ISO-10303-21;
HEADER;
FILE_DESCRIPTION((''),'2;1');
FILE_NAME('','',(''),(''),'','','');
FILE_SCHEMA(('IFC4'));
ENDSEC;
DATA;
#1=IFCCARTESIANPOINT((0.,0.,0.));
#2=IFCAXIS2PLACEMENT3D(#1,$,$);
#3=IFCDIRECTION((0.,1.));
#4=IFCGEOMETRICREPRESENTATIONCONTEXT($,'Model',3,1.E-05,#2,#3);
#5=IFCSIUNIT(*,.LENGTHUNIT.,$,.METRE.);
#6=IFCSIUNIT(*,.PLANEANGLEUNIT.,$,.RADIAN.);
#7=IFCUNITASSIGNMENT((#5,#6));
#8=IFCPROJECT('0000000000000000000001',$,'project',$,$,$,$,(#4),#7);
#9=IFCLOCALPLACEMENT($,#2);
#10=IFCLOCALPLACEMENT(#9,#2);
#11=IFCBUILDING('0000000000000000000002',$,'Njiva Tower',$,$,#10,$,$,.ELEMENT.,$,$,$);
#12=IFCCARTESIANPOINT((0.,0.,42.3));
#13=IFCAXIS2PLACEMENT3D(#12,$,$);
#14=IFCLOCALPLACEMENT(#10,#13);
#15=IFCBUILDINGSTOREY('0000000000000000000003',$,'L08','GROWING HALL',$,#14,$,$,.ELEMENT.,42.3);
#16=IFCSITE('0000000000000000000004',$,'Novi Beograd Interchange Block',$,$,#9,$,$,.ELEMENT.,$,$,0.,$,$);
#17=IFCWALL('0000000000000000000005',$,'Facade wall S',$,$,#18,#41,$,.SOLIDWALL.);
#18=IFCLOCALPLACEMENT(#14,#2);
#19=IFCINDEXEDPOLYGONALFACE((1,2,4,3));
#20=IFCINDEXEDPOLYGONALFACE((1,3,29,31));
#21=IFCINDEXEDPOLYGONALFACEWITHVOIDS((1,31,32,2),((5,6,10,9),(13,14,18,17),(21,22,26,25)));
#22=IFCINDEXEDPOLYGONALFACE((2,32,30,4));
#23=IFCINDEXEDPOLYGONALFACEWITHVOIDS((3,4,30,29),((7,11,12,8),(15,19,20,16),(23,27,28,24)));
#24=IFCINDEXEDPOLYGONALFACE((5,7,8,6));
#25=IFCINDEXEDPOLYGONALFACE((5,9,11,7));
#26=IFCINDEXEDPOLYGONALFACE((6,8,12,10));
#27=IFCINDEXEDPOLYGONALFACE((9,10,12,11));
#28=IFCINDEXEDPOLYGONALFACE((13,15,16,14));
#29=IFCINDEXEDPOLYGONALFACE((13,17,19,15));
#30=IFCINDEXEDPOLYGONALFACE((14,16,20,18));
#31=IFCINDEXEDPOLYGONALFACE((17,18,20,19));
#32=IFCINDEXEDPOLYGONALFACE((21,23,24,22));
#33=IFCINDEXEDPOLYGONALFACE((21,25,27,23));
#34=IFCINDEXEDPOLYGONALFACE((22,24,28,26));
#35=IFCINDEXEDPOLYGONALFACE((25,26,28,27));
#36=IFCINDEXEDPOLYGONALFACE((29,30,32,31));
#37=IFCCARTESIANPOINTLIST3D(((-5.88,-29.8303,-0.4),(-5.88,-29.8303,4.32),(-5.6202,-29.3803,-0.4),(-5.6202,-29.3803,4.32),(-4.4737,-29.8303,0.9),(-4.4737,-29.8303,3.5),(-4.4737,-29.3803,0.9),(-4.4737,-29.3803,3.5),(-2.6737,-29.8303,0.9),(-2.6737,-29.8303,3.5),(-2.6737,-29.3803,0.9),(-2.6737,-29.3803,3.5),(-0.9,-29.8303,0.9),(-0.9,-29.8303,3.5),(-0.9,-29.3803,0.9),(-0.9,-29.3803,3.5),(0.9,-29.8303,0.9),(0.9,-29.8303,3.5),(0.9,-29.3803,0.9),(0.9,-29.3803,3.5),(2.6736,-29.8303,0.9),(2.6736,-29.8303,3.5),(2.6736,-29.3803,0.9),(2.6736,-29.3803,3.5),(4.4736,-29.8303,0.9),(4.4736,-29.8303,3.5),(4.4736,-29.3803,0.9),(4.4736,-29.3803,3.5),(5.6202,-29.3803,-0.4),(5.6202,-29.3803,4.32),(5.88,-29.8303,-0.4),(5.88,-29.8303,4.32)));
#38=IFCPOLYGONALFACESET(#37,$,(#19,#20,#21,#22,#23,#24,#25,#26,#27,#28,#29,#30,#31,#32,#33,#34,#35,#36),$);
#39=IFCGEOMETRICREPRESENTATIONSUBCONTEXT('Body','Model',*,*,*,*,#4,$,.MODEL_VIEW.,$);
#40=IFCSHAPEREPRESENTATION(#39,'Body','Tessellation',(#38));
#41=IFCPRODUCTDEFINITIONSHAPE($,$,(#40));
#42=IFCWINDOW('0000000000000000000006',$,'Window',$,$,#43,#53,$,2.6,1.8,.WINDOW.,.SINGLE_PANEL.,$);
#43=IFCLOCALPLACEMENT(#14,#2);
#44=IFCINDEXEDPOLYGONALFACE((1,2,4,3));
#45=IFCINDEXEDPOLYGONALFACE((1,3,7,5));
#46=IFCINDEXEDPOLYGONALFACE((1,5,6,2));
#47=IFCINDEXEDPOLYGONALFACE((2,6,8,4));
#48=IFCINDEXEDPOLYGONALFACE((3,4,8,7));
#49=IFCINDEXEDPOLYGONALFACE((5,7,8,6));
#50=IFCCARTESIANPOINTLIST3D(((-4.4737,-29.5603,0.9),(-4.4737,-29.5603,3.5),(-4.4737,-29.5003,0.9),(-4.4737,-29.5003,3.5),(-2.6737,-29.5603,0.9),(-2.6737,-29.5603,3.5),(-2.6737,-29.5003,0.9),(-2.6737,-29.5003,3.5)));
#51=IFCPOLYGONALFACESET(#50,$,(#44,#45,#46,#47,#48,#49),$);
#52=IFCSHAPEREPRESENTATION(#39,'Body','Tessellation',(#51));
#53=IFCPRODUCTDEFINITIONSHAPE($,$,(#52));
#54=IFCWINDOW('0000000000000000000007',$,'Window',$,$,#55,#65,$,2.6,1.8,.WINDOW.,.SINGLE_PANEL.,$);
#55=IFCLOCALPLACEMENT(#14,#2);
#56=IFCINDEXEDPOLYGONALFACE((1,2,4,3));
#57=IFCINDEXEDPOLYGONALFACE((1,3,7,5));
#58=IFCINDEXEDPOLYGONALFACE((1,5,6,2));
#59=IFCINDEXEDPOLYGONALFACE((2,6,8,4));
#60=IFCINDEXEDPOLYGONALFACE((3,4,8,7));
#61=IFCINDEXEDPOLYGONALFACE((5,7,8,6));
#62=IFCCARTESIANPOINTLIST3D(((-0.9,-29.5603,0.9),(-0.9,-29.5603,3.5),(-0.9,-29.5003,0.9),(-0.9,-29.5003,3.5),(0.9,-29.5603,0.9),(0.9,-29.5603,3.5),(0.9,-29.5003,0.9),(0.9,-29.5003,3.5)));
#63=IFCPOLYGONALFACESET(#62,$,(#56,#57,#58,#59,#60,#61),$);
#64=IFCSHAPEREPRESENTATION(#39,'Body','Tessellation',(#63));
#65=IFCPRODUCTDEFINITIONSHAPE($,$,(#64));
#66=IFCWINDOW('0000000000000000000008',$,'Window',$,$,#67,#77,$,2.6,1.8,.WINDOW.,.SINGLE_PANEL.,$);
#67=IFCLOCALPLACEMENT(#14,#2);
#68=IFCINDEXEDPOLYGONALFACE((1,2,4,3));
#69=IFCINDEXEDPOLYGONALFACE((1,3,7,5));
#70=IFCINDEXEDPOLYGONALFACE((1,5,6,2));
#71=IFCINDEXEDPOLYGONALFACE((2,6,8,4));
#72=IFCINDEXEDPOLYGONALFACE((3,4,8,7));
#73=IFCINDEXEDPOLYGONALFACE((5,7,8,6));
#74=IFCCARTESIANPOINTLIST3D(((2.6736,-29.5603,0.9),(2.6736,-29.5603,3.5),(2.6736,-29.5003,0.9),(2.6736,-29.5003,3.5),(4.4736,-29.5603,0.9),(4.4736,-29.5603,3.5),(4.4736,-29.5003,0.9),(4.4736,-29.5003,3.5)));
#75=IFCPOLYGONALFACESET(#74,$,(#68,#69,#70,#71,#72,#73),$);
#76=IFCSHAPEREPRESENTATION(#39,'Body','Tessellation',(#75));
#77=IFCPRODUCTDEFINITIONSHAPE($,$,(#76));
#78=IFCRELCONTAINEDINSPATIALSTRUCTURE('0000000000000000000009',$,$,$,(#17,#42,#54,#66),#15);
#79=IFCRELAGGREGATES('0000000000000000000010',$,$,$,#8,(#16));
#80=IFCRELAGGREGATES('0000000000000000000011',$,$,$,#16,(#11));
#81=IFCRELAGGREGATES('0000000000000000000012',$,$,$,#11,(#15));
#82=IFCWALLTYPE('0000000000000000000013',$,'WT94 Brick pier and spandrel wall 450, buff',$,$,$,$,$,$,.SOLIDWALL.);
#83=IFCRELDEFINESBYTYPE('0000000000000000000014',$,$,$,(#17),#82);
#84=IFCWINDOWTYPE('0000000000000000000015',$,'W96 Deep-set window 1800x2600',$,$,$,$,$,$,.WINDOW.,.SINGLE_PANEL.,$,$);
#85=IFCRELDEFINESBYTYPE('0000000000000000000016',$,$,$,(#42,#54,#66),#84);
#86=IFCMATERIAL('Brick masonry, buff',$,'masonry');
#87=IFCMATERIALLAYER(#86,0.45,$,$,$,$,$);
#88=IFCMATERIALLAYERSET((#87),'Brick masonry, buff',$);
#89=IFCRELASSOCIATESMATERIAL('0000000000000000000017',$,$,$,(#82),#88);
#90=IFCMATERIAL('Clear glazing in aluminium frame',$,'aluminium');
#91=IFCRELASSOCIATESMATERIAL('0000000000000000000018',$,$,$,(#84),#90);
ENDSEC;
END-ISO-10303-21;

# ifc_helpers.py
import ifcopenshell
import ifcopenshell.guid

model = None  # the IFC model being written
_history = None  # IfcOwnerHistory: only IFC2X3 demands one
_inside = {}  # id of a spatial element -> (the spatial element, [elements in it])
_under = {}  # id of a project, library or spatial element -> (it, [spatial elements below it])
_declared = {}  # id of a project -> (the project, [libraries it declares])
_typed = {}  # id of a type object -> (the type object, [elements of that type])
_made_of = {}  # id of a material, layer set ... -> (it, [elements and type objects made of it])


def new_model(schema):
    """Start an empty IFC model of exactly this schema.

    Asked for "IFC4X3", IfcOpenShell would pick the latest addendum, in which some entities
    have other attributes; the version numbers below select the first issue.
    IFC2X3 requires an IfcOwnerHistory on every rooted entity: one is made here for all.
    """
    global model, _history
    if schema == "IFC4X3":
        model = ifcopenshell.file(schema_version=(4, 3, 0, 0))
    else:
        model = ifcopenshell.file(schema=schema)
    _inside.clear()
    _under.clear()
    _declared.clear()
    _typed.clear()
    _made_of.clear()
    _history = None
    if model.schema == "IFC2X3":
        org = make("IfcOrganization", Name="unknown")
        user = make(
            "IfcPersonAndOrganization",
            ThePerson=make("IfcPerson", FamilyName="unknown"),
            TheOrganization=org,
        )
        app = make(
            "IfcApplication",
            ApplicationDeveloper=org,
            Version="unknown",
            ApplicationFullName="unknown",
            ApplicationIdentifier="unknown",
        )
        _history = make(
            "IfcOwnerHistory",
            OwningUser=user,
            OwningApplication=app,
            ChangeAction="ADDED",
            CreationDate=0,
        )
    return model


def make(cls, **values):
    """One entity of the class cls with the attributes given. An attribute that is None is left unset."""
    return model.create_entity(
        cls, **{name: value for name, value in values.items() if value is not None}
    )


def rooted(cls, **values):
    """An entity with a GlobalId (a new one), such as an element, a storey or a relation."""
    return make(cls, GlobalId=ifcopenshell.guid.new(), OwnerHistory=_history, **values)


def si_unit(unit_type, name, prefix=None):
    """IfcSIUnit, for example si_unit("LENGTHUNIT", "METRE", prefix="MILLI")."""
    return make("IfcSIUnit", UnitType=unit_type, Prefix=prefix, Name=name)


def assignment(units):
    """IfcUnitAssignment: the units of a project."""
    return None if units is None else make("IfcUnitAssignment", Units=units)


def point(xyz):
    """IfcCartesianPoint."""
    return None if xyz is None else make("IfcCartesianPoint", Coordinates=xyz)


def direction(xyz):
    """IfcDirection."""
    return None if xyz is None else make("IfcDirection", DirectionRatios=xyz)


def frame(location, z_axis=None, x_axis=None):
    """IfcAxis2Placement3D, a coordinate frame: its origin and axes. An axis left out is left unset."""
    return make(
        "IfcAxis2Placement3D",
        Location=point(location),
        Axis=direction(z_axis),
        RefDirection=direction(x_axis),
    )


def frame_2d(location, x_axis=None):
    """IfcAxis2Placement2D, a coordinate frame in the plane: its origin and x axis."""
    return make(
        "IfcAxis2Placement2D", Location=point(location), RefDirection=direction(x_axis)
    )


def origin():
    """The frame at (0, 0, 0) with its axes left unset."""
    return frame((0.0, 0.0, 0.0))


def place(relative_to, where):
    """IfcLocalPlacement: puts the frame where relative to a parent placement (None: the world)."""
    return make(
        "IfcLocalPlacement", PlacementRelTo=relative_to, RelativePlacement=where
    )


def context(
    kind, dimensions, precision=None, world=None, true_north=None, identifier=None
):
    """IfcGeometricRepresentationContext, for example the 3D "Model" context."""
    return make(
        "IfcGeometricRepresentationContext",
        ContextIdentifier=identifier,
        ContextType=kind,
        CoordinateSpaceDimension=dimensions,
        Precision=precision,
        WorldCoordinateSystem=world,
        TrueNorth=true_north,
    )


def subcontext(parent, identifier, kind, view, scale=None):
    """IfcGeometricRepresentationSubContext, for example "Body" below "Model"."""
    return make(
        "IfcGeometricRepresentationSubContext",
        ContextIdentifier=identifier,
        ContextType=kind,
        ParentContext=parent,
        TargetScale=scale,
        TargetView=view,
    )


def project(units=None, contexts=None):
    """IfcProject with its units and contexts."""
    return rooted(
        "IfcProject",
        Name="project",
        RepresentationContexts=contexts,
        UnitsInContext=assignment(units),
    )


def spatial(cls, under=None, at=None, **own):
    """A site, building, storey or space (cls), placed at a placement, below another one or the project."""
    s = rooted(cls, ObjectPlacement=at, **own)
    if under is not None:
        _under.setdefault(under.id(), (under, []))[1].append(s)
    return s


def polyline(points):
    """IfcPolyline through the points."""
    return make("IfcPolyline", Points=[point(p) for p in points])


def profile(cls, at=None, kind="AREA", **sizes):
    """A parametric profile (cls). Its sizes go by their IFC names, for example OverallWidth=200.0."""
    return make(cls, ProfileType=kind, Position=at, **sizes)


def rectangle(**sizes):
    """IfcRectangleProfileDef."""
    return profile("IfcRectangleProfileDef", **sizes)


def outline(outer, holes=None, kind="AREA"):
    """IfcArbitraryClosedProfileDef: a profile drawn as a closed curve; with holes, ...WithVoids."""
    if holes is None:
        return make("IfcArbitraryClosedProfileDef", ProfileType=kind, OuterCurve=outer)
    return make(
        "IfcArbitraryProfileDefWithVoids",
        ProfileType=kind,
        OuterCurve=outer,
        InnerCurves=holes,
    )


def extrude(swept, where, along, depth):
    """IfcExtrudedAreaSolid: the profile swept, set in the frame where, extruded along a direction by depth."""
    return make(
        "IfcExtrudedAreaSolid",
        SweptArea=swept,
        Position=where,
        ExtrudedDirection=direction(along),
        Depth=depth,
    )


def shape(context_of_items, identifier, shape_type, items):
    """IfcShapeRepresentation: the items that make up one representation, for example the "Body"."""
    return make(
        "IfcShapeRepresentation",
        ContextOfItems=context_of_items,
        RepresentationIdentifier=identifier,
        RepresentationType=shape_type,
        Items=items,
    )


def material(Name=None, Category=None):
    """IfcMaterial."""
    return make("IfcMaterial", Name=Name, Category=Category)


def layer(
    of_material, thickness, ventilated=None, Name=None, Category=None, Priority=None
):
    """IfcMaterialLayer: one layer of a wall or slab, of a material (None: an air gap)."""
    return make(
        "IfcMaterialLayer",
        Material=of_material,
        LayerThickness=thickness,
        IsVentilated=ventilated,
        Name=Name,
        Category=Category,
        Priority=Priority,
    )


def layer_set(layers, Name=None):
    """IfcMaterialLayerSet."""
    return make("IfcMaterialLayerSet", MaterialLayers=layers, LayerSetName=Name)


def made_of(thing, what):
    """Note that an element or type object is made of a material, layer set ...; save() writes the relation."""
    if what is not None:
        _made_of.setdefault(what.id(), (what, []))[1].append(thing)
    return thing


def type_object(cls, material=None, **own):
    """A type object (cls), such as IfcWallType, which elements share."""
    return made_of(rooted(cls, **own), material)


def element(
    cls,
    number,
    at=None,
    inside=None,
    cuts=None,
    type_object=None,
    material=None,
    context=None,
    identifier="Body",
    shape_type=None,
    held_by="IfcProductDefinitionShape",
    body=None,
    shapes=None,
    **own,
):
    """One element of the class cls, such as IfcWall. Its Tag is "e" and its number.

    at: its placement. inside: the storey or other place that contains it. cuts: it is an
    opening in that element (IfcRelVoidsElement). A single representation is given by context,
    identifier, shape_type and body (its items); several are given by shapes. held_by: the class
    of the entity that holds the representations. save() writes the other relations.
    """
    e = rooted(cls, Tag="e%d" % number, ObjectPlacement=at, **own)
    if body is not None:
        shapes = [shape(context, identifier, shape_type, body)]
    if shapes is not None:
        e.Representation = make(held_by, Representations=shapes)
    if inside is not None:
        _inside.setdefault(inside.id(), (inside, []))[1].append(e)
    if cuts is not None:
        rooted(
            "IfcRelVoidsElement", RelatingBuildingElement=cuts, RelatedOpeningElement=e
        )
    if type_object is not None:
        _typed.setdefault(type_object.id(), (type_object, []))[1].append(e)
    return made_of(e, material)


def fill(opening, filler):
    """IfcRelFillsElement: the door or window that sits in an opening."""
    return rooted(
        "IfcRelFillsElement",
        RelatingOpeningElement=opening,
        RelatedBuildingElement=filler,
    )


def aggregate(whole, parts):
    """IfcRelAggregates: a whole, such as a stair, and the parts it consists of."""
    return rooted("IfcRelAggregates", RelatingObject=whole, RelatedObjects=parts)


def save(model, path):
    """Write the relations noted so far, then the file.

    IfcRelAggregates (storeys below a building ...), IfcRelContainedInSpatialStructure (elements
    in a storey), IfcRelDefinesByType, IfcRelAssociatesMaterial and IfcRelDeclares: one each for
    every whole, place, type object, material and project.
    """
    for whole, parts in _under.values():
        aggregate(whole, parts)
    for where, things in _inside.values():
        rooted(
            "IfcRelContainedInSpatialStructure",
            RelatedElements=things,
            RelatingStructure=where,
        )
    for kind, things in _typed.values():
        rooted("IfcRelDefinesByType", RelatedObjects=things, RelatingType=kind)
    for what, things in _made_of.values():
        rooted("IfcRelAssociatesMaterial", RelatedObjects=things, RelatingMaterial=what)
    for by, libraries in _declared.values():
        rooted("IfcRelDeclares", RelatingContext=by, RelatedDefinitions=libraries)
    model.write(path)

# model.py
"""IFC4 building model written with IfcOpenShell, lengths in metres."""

from ifc_helpers import new_model, si_unit, direction, frame, frame_2d, origin, place, context, subcontext, project, spatial, polyline, rectangle, outline, extrude, material, layer, layer_set, type_object, element, fill, save


model = new_model("IFC4")

# Units and contexts
model_context = context("Model", 3, precision=1e-05, world=origin(), true_north=direction((0.0, 1.0)))
body_context = subcontext(model_context, "Body", "Model", "MODEL_VIEW")
ifc_project = project(units=[si_unit("LENGTHUNIT", "METRE"), si_unit("PLANEANGLEUNIT", "RADIAN")], contexts=[model_context])

# Site, building, storey
site_placement = place(None, origin())
site = spatial("IfcSite", under=ifc_project, at=site_placement, Name="Novi Beograd Interchange Block", CompositionType="ELEMENT", RefElevation=0.0)
building_placement = place(site_placement, origin())
building = spatial("IfcBuilding", under=site, at=building_placement, Name="Njiva Tower", CompositionType="ELEMENT")
storey_placement = place(building_placement, frame((0.0, 0.0, 42.3)))
storey = spatial("IfcBuildingStorey", under=building, at=storey_placement, Name="L08", Description="GROWING HALL", CompositionType="ELEMENT", Elevation=42.3)

# Wall, openings, windows
ifc_material_1 = material(Name="Brick masonry, buff", Category="masonry")
ifc_layer_1 = layer(ifc_material_1, 0.45)
ifc_layer_set_1 = layer_set([ifc_layer_1], Name="Brick masonry, buff")
wall_type_1 = type_object("IfcWallType", Name="WT94 Brick pier and spandrel wall 450, buff", PredefinedType="SOLIDWALL", material=ifc_layer_set_1)
wall_1_placement = place(storey_placement, frame((-5.7501, -29.6053, -0.4), z_axis=(0.0, 0.0, 1.0), x_axis=(1.0, 0.0, 0.0)))
wall_1 = element("IfcWall", 1, at=wall_1_placement, inside=storey, type_object=wall_type_1, Name="Facade wall S", PredefinedType="SOLIDWALL", context=body_context, shape_type="SweptSolid", body=[
    extrude(outline(polyline([(-0.1299, -0.225), (11.6301, -0.225), (11.3703, 0.225), (0.1299, 0.225), (-0.1299, -0.225)])), origin(), (0.0, 0.0, 1.0), 4.72),
])
opening_1_placement = place(wall_1_placement, frame((1.2764, 0.0, 1.3)))
opening_1 = element("IfcOpeningElement", 2, at=opening_1_placement, cuts=wall_1, PredefinedType="OPENING", context=body_context, shape_type="SweptSolid", body=[
    extrude(rectangle(XDim=1.8, YDim=2.6, at=frame_2d((0.9, 1.3))), frame((0.0, 0.235, 0.0), z_axis=(0.0, -1.0, 0.0), x_axis=(1.0, 0.0, 0.0)), (0.0, 0.0, 1.0), 0.47),
])
opening_2_placement = place(wall_1_placement, frame((4.8501, 0.0, 1.3)))
opening_2 = element("IfcOpeningElement", 3, at=opening_2_placement, cuts=wall_1, PredefinedType="OPENING", context=body_context, shape_type="SweptSolid", body=[
    extrude(rectangle(XDim=1.8, YDim=2.6, at=frame_2d((0.9, 1.3))), frame((0.0, 0.235, 0.0), z_axis=(0.0, -1.0, 0.0), x_axis=(1.0, 0.0, 0.0)), (0.0, 0.0, 1.0), 0.47),
])
opening_3_placement = place(wall_1_placement, frame((8.4237, 0.0, 1.3)))
opening_3 = element("IfcOpeningElement", 4, at=opening_3_placement, cuts=wall_1, PredefinedType="OPENING", context=body_context, shape_type="SweptSolid", body=[
    extrude(rectangle(XDim=1.8, YDim=2.6, at=frame_2d((0.9, 1.3))), frame((0.0, 0.235, 0.0), z_axis=(0.0, -1.0, 0.0), x_axis=(1.0, 0.0, 0.0)), (0.0, 0.0, 1.0), 0.47),
])
ifc_material_2 = material(Name="Clear glazing in aluminium frame", Category="aluminium")
window_type = type_object("IfcWindowType", Name="W96 Deep-set window 1800x2600", PartitioningType="SINGLE_PANEL", PredefinedType="WINDOW", material=ifc_material_2)
window_1_placement = place(opening_1_placement, origin())
window_1 = element("IfcWindow", 5, at=window_1_placement, inside=storey, type_object=window_type, Name="Window", OverallHeight=2.6, OverallWidth=1.8, PartitioningType="SINGLE_PANEL", PredefinedType="WINDOW", context=body_context, shape_type="SweptSolid", body=[
    extrude(rectangle(XDim=1.8, YDim=2.6, at=frame_2d((0.9, 1.3))), frame((0.0, 0.105, 0.0), z_axis=(0.0, -1.0, 0.0), x_axis=(1.0, 0.0, 0.0)), (0.0, 0.0, 1.0), 0.06),
])
fill(opening_1, window_1)
window_2_placement = place(opening_2_placement, origin())
window_2 = element("IfcWindow", 6, at=window_2_placement, inside=storey, type_object=window_type, Name="Window", OverallHeight=2.6, OverallWidth=1.8, PartitioningType="SINGLE_PANEL", PredefinedType="WINDOW", context=body_context, shape_type="SweptSolid", body=[
    extrude(rectangle(XDim=1.8, YDim=2.6, at=frame_2d((0.9, 1.3))), frame((0.0, 0.105, 0.0), z_axis=(0.0, -1.0, 0.0), x_axis=(1.0, 0.0, 0.0)), (0.0, 0.0, 1.0), 0.06),
])
fill(opening_2, window_2)
window_3_placement = place(opening_3_placement, origin())
window_3 = element("IfcWindow", 7, at=window_3_placement, inside=storey, type_object=window_type, Name="Window", OverallHeight=2.6, OverallWidth=1.8, PartitioningType="SINGLE_PANEL", PredefinedType="WINDOW", context=body_context, shape_type="SweptSolid", body=[
    extrude(rectangle(XDim=1.8, YDim=2.6, at=frame_2d((0.9, 1.3))), frame((0.0, 0.105, 0.0), z_axis=(0.0, -1.0, 0.0), x_axis=(1.0, 0.0, 0.0)), (0.0, 0.0, 1.0), 0.06),
])
fill(opening_3, window_3)

save(model, "model.ifc")
